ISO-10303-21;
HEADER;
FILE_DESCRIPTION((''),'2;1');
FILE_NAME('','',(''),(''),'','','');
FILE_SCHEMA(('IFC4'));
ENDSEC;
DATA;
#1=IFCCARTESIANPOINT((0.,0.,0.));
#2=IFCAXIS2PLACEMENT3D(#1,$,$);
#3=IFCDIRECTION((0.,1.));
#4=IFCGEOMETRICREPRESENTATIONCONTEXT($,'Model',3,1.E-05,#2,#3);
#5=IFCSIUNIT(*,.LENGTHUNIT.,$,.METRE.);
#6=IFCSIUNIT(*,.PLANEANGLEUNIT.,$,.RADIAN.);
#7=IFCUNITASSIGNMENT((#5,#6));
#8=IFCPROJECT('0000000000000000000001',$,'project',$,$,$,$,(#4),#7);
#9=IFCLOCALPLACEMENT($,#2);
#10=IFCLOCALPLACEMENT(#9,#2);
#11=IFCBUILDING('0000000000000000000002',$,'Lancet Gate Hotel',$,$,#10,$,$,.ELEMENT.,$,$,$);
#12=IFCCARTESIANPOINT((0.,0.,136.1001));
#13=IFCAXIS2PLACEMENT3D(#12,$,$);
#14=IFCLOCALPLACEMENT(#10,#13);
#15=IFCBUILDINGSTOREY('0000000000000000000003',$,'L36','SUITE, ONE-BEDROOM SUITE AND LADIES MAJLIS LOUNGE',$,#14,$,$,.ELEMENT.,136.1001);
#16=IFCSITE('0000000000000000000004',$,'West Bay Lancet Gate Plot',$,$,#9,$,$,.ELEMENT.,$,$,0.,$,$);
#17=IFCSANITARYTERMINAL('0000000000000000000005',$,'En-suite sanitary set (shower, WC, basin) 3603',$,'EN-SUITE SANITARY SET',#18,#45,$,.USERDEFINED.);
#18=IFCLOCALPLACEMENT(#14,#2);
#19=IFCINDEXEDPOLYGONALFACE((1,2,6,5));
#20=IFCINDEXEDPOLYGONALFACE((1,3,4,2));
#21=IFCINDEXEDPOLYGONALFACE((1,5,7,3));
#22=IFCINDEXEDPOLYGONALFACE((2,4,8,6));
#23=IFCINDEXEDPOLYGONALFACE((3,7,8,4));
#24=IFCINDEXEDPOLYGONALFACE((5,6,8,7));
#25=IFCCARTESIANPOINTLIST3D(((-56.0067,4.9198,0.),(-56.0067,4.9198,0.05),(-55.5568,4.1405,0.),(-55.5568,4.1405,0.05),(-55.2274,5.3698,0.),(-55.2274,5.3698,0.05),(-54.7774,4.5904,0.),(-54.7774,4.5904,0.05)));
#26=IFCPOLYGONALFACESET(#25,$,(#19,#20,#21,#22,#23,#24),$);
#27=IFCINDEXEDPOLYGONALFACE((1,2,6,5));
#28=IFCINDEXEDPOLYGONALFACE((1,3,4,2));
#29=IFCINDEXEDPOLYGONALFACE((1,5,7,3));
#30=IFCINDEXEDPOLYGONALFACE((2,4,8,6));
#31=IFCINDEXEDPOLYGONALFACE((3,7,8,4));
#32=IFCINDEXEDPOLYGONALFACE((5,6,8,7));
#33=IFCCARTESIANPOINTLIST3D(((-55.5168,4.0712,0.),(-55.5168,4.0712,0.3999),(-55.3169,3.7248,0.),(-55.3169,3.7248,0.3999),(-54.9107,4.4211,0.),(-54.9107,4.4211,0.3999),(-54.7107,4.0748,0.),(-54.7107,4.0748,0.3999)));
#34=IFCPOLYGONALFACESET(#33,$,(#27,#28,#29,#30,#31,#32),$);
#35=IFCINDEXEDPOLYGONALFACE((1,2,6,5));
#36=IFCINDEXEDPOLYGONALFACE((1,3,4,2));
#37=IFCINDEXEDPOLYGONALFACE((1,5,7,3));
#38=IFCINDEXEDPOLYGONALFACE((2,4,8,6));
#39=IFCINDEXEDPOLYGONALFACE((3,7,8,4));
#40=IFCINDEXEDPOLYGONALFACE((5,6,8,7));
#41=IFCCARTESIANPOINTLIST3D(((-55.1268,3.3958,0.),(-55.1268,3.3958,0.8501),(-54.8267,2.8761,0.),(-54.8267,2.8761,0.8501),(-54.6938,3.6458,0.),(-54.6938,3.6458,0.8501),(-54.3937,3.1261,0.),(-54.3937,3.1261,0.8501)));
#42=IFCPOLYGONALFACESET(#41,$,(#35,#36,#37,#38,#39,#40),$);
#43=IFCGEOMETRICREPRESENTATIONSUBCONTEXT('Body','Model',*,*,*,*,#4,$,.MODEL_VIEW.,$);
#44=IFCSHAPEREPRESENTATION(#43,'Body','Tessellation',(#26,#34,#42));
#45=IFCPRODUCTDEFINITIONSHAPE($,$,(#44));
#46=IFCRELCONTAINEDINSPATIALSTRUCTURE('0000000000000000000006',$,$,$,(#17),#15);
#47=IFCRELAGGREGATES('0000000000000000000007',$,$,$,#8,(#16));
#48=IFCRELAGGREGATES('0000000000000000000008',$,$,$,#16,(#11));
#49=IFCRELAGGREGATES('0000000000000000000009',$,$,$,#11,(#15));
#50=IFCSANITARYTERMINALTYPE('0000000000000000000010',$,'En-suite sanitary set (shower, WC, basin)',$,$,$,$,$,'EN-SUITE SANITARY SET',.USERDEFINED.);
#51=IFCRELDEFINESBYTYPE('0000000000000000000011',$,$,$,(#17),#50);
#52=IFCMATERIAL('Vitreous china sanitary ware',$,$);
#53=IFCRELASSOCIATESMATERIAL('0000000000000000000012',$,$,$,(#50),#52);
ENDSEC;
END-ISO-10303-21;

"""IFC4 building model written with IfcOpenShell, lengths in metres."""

from ifc_helpers import new_model, si_unit, direction, frame, origin, origin_2d, place, context, subcontext, project, spatial, rectangle, extrude, material, type_object, element, save


model = new_model("IFC4")

# Units and contexts
model_context = context("Model", 3, precision=1e-05, world=origin(), true_north=direction((0.0, 1.0)))
body_context = subcontext(model_context, "Body", "Model", "MODEL_VIEW")
ifc_project = project(units=[si_unit("LENGTHUNIT", "METRE"), si_unit("PLANEANGLEUNIT", "RADIAN")], contexts=[model_context])

# Site, building, storey
site_placement = place(None, origin())
site = spatial("IfcSite", under=ifc_project, at=site_placement, Name="West Bay Lancet Gate Plot", CompositionType="ELEMENT", RefElevation=0.0)
building_placement = place(site_placement, origin())
building = spatial("IfcBuilding", under=site, at=building_placement, Name="Lancet Gate Hotel", CompositionType="ELEMENT")
storey_placement = place(building_placement, frame((0.0, 0.0, 136.1001)))
storey = spatial("IfcBuildingStorey", under=building, at=storey_placement, Name="L36", Description="SUITE, ONE-BEDROOM SUITE AND LADIES MAJLIS LOUNGE", CompositionType="ELEMENT", Elevation=136.1001)

# Sanitary terminal
ifc_material_1 = material(Name="Vitreous china sanitary ware")
sanitary_terminal_type = type_object("IfcSanitaryTerminalType", Name="En-suite sanitary set (shower, WC, basin)", ElementType="EN-SUITE SANITARY SET", PredefinedType="USERDEFINED", material=ifc_material_1)
sanitary_terminal_placement = place(storey_placement, frame((-55.3921, 4.7551, 0.0), z_axis=(0.0, 0.0, 1.0), x_axis=(1.0, 0.0, 0.0)))
element("IfcSanitaryTerminal", 1, at=sanitary_terminal_placement, inside=storey, type_object=sanitary_terminal_type, Name="En-suite sanitary set (shower, WC, basin) 3603", ObjectType="EN-SUITE SANITARY SET", PredefinedType="USERDEFINED", context=body_context, shape_type="SweptSolid", body=[
    extrude(rectangle(XDim=0.8999, YDim=0.8999, at=origin_2d()), frame((0.0, 0.0, 0.0), z_axis=(0.0, 0.0, 1.0), x_axis=(-0.5, 0.866025, 0.0)), (0.0, 0.0, 1.0), 0.05),
    extrude(rectangle(XDim=0.3999, YDim=0.7, at=origin_2d()), frame((0.2783, -0.6821, 0.0), z_axis=(0.0, 0.0, 1.0), x_axis=(-0.5, 0.866025, 0.0)), (0.0, 0.0, 1.0), 0.3999),
    extrude(rectangle(XDim=0.6001, YDim=0.5, at=origin_2d()), frame((0.6318, -1.4941, 0.0), z_axis=(0.0, 0.0, 1.0), x_axis=(-0.5, 0.866025, 0.0)), (0.0, 0.0, 1.0), 0.8501),
])

save(model, "model.ifc")
